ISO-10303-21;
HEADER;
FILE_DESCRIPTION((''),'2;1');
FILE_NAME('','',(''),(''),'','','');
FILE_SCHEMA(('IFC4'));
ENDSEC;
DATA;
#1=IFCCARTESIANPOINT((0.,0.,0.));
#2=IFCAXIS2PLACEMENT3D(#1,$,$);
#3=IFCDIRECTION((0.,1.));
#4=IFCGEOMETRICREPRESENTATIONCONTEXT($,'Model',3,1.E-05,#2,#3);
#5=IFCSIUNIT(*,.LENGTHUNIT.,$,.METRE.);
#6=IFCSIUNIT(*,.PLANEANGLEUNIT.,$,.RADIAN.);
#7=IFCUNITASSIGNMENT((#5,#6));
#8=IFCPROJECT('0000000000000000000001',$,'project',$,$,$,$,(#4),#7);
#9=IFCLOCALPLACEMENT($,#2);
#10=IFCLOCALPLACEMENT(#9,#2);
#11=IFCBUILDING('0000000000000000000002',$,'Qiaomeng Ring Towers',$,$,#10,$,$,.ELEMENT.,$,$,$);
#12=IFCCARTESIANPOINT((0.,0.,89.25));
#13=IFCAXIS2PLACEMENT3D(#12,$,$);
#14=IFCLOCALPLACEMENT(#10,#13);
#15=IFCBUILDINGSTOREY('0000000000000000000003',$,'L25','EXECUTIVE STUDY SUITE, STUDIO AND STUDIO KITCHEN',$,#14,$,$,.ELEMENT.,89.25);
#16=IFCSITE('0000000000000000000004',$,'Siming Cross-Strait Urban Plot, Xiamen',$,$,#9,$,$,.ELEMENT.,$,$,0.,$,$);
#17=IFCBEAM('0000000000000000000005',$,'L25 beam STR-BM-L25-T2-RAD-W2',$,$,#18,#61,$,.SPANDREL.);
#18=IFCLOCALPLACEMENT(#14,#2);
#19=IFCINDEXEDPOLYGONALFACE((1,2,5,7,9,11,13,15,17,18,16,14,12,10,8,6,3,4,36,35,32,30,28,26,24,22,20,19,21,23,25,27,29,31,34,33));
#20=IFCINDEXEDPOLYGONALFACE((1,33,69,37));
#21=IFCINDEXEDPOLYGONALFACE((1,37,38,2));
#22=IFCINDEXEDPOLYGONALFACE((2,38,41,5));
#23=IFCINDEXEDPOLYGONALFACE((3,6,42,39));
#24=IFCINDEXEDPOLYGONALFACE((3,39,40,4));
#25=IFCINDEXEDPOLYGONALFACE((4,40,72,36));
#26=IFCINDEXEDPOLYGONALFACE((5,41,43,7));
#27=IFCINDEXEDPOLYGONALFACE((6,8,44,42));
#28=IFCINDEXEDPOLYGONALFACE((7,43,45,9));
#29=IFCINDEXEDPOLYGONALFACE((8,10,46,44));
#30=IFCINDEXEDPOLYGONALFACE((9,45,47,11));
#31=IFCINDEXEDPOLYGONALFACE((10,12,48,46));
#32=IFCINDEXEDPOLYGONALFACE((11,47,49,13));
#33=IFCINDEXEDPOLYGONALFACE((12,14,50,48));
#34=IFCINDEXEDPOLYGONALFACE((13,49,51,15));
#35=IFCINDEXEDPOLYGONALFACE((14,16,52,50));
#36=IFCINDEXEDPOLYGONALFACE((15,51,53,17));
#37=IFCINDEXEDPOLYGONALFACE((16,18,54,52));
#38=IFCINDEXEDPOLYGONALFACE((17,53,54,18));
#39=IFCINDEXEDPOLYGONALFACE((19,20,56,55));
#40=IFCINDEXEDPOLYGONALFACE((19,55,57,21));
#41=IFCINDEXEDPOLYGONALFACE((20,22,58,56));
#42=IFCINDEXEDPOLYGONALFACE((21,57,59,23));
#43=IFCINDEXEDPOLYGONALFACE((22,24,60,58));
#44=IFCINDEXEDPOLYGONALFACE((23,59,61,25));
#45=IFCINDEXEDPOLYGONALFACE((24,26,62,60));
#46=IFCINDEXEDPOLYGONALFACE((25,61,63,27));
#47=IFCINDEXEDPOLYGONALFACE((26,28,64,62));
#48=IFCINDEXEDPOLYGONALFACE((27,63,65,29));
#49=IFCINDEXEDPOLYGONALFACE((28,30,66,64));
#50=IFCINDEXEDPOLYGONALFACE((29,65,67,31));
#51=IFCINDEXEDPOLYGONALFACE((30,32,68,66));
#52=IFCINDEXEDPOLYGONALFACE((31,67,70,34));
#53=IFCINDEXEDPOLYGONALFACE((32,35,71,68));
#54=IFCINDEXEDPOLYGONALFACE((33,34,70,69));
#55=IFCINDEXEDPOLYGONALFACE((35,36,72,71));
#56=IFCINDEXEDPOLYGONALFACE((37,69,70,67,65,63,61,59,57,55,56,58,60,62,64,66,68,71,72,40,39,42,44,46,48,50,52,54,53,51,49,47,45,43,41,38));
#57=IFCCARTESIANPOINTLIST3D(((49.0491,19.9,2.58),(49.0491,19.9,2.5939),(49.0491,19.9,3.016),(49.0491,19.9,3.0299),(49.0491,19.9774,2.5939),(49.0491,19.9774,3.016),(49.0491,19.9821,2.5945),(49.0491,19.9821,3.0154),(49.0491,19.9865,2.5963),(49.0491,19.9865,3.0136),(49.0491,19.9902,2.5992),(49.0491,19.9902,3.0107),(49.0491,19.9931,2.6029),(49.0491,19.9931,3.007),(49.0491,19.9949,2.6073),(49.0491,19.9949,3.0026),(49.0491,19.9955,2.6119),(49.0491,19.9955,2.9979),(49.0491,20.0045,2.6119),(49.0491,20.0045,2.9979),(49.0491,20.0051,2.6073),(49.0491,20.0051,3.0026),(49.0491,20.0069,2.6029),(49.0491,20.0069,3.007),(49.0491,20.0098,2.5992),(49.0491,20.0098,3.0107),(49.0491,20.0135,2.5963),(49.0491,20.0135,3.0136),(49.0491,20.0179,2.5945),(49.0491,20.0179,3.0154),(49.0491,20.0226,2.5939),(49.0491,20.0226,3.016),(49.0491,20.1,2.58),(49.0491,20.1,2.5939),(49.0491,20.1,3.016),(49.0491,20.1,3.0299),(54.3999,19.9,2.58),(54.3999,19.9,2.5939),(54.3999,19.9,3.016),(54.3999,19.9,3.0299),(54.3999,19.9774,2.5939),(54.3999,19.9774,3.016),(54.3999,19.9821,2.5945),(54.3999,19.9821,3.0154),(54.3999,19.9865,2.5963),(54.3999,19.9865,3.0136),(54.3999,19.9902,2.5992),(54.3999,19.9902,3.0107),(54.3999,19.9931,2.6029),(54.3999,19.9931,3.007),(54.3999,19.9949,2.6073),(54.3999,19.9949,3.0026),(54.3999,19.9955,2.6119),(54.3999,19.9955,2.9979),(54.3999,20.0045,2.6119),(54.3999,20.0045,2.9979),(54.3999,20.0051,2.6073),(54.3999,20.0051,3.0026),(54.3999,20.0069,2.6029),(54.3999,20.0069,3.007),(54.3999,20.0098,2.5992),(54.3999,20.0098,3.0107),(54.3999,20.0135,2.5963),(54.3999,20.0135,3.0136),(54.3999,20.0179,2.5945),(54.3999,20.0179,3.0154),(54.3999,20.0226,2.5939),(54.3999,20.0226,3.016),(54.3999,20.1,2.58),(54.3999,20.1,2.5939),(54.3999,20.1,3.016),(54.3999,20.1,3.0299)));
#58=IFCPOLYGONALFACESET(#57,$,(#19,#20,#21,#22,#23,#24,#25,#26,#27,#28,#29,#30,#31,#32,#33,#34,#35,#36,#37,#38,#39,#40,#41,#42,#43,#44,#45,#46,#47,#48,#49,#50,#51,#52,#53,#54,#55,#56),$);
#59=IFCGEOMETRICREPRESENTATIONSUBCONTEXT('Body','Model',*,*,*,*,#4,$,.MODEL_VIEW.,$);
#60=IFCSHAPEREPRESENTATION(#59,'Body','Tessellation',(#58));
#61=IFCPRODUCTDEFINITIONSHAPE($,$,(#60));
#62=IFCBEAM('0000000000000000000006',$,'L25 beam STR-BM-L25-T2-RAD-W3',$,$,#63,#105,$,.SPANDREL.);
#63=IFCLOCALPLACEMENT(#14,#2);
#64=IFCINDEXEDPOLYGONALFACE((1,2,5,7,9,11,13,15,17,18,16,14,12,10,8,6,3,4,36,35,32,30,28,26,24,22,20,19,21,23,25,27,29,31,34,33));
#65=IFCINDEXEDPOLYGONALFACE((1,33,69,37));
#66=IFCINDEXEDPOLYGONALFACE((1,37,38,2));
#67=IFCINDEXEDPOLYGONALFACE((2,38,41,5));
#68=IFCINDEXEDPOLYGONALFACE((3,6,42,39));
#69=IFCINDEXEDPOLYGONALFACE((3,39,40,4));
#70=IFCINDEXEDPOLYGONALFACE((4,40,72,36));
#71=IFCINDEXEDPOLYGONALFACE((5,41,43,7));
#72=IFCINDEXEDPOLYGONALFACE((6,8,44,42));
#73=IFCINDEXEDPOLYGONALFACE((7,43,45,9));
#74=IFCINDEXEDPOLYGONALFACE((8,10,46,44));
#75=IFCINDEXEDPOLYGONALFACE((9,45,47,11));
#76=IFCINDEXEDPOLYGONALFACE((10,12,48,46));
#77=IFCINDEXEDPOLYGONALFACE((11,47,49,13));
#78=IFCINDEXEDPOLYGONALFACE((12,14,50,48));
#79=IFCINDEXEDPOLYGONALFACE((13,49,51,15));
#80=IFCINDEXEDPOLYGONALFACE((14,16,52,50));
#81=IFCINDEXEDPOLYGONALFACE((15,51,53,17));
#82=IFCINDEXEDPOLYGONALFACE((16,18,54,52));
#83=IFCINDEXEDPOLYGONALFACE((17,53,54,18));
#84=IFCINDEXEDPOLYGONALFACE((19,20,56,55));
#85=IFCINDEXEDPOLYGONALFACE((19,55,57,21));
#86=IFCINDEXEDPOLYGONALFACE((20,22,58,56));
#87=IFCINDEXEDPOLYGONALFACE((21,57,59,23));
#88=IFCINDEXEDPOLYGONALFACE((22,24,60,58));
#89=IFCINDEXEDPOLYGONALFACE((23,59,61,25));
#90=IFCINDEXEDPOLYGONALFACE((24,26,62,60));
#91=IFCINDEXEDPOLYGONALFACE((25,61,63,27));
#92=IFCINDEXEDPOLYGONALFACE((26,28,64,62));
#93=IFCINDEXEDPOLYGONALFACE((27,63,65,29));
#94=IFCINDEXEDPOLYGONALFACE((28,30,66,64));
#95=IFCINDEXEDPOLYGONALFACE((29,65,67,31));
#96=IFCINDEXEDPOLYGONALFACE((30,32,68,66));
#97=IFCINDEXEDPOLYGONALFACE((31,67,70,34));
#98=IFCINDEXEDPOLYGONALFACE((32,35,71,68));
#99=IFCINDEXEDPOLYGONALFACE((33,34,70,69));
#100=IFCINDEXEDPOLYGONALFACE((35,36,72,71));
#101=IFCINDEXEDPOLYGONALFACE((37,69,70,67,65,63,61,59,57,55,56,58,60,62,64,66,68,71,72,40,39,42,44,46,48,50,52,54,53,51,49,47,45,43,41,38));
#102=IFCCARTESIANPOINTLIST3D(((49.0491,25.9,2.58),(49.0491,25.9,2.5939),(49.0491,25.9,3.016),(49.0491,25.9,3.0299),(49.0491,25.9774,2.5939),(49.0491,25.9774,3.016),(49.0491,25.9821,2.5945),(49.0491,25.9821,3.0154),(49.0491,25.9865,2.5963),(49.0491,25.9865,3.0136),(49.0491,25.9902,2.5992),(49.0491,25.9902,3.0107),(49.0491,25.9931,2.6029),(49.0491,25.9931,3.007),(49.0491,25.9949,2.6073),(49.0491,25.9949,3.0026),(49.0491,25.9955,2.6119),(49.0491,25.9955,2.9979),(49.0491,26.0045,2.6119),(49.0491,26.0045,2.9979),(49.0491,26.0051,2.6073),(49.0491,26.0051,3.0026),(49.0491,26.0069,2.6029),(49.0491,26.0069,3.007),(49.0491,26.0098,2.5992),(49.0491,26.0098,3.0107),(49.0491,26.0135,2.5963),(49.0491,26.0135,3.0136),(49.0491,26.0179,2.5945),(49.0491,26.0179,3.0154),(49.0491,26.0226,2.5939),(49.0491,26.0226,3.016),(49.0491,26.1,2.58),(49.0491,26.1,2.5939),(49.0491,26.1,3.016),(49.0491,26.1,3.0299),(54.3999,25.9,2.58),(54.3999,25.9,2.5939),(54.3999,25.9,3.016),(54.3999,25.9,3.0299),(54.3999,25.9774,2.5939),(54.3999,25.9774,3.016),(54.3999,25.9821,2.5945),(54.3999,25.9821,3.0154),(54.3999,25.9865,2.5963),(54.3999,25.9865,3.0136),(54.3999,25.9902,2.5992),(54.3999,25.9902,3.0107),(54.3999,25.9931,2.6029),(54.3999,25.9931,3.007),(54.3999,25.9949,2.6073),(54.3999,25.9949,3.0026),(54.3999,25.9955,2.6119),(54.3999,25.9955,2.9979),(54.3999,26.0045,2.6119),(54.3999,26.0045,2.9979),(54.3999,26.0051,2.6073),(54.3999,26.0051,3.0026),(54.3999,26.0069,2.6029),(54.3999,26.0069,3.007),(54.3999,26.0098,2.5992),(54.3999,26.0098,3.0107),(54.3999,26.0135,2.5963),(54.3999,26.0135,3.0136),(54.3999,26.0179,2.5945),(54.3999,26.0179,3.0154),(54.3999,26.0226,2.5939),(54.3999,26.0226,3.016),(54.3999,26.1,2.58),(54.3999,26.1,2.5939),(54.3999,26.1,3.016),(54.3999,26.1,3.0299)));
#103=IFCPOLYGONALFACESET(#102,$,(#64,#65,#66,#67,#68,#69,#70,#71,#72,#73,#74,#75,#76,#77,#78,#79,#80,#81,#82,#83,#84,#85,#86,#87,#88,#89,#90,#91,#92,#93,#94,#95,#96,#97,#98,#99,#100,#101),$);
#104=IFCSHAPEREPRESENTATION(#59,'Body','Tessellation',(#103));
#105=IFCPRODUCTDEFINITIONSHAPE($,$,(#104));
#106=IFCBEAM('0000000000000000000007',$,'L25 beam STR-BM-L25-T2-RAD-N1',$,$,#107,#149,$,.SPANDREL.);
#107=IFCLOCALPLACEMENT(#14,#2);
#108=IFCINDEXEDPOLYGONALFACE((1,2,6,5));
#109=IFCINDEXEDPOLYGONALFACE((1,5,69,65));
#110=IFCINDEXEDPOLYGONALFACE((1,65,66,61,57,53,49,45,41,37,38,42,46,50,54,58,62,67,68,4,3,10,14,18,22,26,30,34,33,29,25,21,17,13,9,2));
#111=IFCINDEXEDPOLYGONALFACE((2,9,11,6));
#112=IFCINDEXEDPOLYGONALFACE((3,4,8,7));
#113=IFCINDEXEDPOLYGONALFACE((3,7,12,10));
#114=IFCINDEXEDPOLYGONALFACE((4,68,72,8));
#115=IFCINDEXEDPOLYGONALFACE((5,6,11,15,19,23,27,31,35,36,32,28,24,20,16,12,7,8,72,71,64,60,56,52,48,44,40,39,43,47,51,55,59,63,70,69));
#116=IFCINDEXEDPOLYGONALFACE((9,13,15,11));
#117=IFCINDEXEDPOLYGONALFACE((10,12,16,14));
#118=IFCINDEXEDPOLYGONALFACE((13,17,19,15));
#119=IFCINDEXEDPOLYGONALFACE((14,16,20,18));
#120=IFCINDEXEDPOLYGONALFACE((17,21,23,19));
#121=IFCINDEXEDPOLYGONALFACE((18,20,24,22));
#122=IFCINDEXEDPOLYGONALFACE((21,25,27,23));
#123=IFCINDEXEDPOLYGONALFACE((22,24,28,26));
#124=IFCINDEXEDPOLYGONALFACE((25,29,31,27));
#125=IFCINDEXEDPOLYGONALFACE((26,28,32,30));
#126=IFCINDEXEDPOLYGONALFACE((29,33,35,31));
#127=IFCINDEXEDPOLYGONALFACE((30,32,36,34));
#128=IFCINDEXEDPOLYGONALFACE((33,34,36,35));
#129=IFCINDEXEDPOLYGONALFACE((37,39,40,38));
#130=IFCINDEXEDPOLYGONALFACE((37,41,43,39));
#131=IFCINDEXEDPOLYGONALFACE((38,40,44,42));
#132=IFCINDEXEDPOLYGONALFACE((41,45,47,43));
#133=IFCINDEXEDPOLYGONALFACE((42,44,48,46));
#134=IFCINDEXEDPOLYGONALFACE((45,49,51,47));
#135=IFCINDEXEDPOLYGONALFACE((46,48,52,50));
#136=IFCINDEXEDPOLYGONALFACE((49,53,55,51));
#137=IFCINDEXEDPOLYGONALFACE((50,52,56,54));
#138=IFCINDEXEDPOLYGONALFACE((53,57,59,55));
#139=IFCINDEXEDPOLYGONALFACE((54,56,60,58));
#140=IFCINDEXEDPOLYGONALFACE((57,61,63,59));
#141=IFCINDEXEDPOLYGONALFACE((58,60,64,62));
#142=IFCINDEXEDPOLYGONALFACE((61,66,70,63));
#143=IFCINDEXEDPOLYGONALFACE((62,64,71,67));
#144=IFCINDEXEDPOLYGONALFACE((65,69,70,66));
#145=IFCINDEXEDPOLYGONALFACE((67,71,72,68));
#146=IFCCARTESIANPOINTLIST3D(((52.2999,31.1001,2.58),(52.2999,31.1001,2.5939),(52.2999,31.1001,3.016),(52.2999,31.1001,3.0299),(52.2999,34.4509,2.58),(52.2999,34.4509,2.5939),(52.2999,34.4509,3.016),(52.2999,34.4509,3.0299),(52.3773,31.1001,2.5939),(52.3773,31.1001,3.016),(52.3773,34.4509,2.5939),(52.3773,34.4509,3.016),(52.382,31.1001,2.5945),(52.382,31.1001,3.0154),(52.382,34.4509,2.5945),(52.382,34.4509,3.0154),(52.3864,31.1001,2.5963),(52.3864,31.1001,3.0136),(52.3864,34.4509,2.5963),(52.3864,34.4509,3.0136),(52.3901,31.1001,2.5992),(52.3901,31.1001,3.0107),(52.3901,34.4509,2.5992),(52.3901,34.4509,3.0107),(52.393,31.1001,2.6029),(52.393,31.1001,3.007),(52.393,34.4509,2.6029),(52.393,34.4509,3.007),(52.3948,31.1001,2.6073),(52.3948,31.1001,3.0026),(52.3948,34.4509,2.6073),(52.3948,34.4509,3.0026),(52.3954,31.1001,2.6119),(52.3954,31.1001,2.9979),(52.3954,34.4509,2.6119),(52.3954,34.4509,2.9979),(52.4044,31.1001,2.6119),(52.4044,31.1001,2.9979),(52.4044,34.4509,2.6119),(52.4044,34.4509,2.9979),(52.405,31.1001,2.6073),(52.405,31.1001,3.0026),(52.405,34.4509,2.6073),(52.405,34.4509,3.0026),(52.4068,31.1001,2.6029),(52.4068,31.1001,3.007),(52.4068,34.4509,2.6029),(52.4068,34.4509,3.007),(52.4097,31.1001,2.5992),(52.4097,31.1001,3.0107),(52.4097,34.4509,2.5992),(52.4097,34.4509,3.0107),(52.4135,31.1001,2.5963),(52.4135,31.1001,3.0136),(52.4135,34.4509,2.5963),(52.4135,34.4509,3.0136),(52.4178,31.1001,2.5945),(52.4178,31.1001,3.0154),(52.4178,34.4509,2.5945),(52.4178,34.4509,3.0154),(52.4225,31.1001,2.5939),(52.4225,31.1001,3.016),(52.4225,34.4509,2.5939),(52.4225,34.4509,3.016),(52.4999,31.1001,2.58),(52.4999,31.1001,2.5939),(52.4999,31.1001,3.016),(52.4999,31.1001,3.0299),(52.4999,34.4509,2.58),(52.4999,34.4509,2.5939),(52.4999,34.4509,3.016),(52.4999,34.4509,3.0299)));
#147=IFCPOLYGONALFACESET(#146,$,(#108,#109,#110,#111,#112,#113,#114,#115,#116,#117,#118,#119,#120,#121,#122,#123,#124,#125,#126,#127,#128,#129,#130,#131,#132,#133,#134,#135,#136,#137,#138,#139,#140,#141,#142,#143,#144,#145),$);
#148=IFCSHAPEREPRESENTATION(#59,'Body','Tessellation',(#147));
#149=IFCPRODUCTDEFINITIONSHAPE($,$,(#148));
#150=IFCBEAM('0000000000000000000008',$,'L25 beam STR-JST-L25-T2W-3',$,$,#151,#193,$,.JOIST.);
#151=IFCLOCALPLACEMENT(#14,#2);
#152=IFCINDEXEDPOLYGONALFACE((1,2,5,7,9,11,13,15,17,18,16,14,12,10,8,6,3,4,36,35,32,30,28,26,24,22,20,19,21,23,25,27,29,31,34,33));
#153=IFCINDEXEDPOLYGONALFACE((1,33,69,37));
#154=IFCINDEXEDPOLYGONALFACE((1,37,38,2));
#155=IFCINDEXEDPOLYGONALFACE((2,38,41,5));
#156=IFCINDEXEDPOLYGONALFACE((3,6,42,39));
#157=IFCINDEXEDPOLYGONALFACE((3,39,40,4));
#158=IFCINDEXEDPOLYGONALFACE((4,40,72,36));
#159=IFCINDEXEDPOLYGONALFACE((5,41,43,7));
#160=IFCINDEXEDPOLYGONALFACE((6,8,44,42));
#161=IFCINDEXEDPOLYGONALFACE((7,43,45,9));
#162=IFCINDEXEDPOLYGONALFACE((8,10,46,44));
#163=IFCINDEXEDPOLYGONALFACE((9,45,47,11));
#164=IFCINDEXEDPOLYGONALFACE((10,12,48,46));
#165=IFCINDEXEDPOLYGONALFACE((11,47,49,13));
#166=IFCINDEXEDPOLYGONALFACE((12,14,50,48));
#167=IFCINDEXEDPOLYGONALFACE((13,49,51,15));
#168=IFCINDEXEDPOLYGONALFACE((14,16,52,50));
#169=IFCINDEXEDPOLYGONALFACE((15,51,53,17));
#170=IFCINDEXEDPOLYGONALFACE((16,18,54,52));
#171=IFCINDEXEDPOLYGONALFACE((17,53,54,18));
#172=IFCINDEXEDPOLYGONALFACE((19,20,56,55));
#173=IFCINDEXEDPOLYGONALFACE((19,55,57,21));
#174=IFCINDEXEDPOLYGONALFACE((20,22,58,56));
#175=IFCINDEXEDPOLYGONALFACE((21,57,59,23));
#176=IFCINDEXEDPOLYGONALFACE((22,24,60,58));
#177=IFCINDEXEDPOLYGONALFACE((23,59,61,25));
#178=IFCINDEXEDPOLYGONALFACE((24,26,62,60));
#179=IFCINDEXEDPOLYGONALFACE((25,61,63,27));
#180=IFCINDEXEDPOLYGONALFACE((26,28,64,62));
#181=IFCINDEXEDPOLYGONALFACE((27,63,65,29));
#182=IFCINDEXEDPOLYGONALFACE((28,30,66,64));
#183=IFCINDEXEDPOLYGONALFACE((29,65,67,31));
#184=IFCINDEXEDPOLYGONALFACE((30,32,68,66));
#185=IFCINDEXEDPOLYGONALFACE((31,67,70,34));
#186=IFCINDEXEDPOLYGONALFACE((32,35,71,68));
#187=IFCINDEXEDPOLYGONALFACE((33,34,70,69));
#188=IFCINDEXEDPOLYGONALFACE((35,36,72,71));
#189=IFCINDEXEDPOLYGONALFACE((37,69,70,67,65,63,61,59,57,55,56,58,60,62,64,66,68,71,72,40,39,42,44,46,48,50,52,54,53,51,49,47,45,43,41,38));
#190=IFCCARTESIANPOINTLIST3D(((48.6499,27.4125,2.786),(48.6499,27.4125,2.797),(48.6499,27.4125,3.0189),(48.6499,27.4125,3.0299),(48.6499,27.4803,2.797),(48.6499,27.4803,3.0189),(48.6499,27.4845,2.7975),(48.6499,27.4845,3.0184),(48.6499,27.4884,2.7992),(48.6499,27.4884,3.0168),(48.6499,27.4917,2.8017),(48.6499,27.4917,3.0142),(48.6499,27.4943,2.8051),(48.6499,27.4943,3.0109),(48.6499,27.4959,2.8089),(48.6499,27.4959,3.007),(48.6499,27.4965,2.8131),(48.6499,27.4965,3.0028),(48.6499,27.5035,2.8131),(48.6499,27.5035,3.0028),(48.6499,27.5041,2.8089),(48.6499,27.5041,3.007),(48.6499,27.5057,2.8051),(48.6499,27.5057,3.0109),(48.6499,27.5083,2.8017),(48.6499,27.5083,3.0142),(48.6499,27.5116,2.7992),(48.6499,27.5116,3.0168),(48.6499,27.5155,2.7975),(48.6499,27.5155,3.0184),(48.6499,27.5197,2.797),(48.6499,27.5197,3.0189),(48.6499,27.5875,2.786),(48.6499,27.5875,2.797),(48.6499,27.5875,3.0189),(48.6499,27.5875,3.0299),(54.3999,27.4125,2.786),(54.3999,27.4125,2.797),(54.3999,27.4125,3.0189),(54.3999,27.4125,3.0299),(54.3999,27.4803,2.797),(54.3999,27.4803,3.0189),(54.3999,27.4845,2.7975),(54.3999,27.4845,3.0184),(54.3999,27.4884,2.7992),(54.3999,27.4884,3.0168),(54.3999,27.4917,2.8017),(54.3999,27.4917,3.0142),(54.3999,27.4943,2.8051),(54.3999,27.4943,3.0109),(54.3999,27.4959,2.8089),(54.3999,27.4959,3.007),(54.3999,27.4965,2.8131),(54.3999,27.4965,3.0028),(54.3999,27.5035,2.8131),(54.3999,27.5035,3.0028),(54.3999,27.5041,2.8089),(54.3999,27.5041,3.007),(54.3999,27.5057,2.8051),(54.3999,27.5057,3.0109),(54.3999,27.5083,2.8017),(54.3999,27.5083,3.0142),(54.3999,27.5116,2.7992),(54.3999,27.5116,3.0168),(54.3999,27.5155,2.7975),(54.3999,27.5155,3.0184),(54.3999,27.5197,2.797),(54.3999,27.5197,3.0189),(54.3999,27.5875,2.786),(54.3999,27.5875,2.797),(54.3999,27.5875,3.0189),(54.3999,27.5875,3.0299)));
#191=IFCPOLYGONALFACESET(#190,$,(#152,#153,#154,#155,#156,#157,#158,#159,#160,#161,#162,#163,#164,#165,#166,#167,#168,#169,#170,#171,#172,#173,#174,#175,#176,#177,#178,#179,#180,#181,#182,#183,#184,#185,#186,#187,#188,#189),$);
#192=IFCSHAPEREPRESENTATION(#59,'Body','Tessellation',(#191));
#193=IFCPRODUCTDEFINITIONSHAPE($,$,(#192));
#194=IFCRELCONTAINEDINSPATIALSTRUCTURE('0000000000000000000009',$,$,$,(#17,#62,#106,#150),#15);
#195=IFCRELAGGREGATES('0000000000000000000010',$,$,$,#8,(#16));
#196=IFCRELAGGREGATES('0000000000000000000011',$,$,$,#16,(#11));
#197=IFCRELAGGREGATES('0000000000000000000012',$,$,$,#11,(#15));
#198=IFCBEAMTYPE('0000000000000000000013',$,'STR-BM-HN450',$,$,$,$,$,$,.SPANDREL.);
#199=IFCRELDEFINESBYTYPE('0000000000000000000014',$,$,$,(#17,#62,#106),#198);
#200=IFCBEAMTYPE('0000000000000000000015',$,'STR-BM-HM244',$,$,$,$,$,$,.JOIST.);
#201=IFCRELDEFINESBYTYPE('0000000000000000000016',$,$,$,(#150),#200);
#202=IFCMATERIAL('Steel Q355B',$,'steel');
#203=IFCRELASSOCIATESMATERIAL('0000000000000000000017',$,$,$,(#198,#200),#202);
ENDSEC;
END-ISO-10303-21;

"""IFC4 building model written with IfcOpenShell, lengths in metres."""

from ifc_helpers import new_model, si_unit, direction, frame, origin, origin_2d, place, context, subcontext, project, spatial, i_section, extrude, source, transform, mapped, material, material_profile, profile_set, type_object, element, save


model = new_model("IFC4")

# Units and contexts
model_context = context("Model", 3, precision=1e-05, world=origin(), true_north=direction((0.0, 1.0)))
body_context = subcontext(model_context, "Body", "Model", "MODEL_VIEW")
ifc_project = project(units=[si_unit("LENGTHUNIT", "METRE"), si_unit("PLANEANGLEUNIT", "RADIAN")], contexts=[model_context])

# Site, building, storey
site_placement = place(None, origin())
site = spatial("IfcSite", under=ifc_project, at=site_placement, Name="Siming Cross-Strait Urban Plot, Xiamen", CompositionType="ELEMENT", RefElevation=0.0)
building_placement = place(site_placement, origin())
building = spatial("IfcBuilding", under=site, at=building_placement, Name="Qiaomeng Ring Towers", CompositionType="ELEMENT")
storey_placement = place(building_placement, frame((0.0, 0.0, 89.25)))
storey = spatial("IfcBuildingStorey", under=building, at=storey_placement, Name="L25", Description="EXECUTIVE STUDY SUITE, STUDIO AND STUDIO KITCHEN", CompositionType="ELEMENT", Elevation=89.25)

# Beams
ifc_material_1 = material(Name="Steel Q355B", Category="steel")
ifc_material_profile_1 = material_profile(ifc_material_1, i_section(OverallWidth=0.2, OverallDepth=0.45, WebThickness=0.009, FlangeThickness=0.0139, FilletRadius=0.0181, at=origin_2d()), Name="HN 450x200x9x14")
ifc_profile_set_1 = profile_set([ifc_material_profile_1], Name="Steel Q355B")
beam_type_1 = type_object("IfcBeamType", Name="STR-BM-HN450", PredefinedType="SPANDREL", material=ifc_profile_set_1)
shared_shape_1 = source(origin(), body_context, "Body", "SweptSolid", [
    extrude(i_section(OverallWidth=0.2, OverallDepth=0.45, WebThickness=0.009, FlangeThickness=0.0139, FilletRadius=0.0181, at=origin_2d()), origin(), (0.0, 0.0, 1.0), 5.3508),
])
for number, where, z_axis, x_axis, name in (
    (1, (49.0491, 20.0, 2.8049), (1.0, 0.0, 0.0), (0.0, 1.0, 0.0), "L25 beam STR-BM-L25-T2-RAD-W2"),
    (2, (49.0491, 26.0, 2.8049), (1.0, 0.0, 0.0), (0.0, 1.0, 0.0), "L25 beam STR-BM-L25-T2-RAD-W3"),
):
    element("IfcBeam", number, at=place(storey_placement, frame(where, z_axis=z_axis, x_axis=x_axis)), inside=storey, type_object=beam_type_1, Name=name, PredefinedType="SPANDREL", context=body_context, shape_type="MappedRepresentation", body=[
        mapped(shared_shape_1, transform((0.0, 0.0, 0.0), x_axis=(1.0, 0.0, 0.0), y_axis=(0.0, 1.0, 0.0), z_axis=(0.0, 0.0, 1.0), scale=1.0)),
    ])
shared_shape_2 = source(origin(), body_context, "Body", "SweptSolid", [
    extrude(i_section(OverallWidth=0.2, OverallDepth=0.45, WebThickness=0.009, FlangeThickness=0.0139, FilletRadius=0.0181, at=origin_2d()), origin(), (0.0, 0.0, 1.0), 3.3508),
])
beam_1_placement = place(storey_placement, frame((52.3999, 34.4509, 2.8049), z_axis=(0.0, -1.0, 0.0), x_axis=(1.0, 0.0, 0.0)))
element("IfcBeam", 3, at=beam_1_placement, inside=storey, type_object=beam_type_1, Name="L25 beam STR-BM-L25-T2-RAD-N1", PredefinedType="SPANDREL", context=body_context, shape_type="MappedRepresentation", body=[
    mapped(shared_shape_2, transform((0.0, 0.0, 0.0), x_axis=(1.0, 0.0, 0.0), y_axis=(0.0, 1.0, 0.0), z_axis=(0.0, 0.0, 1.0), scale=1.0)),
])
ifc_material_profile_2 = material_profile(ifc_material_1, i_section(OverallWidth=0.175, OverallDepth=0.2439, WebThickness=0.0071, FlangeThickness=0.011, FilletRadius=0.0161, at=origin_2d()), Name="HM 244x175x7x11")
ifc_profile_set_2 = profile_set([ifc_material_profile_2], Name="Steel Q355B")
beam_type_2 = type_object("IfcBeamType", Name="STR-BM-HM244", PredefinedType="JOIST", material=ifc_profile_set_2)
shared_shape_3 = source(origin(), body_context, "Body", "SweptSolid", [
    extrude(i_section(OverallWidth=0.175, OverallDepth=0.2439, WebThickness=0.0071, FlangeThickness=0.011, FilletRadius=0.0161, at=origin_2d()), origin(), (0.0, 0.0, 1.0), 5.75),
])
beam_2_placement = place(storey_placement, frame((48.6499, 27.5, 2.908), z_axis=(1.0, 0.0, 0.0), x_axis=(0.0, 1.0, 0.0)))
element("IfcBeam", 4, at=beam_2_placement, inside=storey, type_object=beam_type_2, Name="L25 beam STR-JST-L25-T2W-3", PredefinedType="JOIST", context=body_context, shape_type="MappedRepresentation", body=[
    mapped(shared_shape_3, transform((0.0, 0.0, 0.0), x_axis=(1.0, 0.0, 0.0), y_axis=(0.0, 1.0, 0.0), z_axis=(0.0, 0.0, 1.0), scale=1.0)),
])

save(model, "model.ifc")
